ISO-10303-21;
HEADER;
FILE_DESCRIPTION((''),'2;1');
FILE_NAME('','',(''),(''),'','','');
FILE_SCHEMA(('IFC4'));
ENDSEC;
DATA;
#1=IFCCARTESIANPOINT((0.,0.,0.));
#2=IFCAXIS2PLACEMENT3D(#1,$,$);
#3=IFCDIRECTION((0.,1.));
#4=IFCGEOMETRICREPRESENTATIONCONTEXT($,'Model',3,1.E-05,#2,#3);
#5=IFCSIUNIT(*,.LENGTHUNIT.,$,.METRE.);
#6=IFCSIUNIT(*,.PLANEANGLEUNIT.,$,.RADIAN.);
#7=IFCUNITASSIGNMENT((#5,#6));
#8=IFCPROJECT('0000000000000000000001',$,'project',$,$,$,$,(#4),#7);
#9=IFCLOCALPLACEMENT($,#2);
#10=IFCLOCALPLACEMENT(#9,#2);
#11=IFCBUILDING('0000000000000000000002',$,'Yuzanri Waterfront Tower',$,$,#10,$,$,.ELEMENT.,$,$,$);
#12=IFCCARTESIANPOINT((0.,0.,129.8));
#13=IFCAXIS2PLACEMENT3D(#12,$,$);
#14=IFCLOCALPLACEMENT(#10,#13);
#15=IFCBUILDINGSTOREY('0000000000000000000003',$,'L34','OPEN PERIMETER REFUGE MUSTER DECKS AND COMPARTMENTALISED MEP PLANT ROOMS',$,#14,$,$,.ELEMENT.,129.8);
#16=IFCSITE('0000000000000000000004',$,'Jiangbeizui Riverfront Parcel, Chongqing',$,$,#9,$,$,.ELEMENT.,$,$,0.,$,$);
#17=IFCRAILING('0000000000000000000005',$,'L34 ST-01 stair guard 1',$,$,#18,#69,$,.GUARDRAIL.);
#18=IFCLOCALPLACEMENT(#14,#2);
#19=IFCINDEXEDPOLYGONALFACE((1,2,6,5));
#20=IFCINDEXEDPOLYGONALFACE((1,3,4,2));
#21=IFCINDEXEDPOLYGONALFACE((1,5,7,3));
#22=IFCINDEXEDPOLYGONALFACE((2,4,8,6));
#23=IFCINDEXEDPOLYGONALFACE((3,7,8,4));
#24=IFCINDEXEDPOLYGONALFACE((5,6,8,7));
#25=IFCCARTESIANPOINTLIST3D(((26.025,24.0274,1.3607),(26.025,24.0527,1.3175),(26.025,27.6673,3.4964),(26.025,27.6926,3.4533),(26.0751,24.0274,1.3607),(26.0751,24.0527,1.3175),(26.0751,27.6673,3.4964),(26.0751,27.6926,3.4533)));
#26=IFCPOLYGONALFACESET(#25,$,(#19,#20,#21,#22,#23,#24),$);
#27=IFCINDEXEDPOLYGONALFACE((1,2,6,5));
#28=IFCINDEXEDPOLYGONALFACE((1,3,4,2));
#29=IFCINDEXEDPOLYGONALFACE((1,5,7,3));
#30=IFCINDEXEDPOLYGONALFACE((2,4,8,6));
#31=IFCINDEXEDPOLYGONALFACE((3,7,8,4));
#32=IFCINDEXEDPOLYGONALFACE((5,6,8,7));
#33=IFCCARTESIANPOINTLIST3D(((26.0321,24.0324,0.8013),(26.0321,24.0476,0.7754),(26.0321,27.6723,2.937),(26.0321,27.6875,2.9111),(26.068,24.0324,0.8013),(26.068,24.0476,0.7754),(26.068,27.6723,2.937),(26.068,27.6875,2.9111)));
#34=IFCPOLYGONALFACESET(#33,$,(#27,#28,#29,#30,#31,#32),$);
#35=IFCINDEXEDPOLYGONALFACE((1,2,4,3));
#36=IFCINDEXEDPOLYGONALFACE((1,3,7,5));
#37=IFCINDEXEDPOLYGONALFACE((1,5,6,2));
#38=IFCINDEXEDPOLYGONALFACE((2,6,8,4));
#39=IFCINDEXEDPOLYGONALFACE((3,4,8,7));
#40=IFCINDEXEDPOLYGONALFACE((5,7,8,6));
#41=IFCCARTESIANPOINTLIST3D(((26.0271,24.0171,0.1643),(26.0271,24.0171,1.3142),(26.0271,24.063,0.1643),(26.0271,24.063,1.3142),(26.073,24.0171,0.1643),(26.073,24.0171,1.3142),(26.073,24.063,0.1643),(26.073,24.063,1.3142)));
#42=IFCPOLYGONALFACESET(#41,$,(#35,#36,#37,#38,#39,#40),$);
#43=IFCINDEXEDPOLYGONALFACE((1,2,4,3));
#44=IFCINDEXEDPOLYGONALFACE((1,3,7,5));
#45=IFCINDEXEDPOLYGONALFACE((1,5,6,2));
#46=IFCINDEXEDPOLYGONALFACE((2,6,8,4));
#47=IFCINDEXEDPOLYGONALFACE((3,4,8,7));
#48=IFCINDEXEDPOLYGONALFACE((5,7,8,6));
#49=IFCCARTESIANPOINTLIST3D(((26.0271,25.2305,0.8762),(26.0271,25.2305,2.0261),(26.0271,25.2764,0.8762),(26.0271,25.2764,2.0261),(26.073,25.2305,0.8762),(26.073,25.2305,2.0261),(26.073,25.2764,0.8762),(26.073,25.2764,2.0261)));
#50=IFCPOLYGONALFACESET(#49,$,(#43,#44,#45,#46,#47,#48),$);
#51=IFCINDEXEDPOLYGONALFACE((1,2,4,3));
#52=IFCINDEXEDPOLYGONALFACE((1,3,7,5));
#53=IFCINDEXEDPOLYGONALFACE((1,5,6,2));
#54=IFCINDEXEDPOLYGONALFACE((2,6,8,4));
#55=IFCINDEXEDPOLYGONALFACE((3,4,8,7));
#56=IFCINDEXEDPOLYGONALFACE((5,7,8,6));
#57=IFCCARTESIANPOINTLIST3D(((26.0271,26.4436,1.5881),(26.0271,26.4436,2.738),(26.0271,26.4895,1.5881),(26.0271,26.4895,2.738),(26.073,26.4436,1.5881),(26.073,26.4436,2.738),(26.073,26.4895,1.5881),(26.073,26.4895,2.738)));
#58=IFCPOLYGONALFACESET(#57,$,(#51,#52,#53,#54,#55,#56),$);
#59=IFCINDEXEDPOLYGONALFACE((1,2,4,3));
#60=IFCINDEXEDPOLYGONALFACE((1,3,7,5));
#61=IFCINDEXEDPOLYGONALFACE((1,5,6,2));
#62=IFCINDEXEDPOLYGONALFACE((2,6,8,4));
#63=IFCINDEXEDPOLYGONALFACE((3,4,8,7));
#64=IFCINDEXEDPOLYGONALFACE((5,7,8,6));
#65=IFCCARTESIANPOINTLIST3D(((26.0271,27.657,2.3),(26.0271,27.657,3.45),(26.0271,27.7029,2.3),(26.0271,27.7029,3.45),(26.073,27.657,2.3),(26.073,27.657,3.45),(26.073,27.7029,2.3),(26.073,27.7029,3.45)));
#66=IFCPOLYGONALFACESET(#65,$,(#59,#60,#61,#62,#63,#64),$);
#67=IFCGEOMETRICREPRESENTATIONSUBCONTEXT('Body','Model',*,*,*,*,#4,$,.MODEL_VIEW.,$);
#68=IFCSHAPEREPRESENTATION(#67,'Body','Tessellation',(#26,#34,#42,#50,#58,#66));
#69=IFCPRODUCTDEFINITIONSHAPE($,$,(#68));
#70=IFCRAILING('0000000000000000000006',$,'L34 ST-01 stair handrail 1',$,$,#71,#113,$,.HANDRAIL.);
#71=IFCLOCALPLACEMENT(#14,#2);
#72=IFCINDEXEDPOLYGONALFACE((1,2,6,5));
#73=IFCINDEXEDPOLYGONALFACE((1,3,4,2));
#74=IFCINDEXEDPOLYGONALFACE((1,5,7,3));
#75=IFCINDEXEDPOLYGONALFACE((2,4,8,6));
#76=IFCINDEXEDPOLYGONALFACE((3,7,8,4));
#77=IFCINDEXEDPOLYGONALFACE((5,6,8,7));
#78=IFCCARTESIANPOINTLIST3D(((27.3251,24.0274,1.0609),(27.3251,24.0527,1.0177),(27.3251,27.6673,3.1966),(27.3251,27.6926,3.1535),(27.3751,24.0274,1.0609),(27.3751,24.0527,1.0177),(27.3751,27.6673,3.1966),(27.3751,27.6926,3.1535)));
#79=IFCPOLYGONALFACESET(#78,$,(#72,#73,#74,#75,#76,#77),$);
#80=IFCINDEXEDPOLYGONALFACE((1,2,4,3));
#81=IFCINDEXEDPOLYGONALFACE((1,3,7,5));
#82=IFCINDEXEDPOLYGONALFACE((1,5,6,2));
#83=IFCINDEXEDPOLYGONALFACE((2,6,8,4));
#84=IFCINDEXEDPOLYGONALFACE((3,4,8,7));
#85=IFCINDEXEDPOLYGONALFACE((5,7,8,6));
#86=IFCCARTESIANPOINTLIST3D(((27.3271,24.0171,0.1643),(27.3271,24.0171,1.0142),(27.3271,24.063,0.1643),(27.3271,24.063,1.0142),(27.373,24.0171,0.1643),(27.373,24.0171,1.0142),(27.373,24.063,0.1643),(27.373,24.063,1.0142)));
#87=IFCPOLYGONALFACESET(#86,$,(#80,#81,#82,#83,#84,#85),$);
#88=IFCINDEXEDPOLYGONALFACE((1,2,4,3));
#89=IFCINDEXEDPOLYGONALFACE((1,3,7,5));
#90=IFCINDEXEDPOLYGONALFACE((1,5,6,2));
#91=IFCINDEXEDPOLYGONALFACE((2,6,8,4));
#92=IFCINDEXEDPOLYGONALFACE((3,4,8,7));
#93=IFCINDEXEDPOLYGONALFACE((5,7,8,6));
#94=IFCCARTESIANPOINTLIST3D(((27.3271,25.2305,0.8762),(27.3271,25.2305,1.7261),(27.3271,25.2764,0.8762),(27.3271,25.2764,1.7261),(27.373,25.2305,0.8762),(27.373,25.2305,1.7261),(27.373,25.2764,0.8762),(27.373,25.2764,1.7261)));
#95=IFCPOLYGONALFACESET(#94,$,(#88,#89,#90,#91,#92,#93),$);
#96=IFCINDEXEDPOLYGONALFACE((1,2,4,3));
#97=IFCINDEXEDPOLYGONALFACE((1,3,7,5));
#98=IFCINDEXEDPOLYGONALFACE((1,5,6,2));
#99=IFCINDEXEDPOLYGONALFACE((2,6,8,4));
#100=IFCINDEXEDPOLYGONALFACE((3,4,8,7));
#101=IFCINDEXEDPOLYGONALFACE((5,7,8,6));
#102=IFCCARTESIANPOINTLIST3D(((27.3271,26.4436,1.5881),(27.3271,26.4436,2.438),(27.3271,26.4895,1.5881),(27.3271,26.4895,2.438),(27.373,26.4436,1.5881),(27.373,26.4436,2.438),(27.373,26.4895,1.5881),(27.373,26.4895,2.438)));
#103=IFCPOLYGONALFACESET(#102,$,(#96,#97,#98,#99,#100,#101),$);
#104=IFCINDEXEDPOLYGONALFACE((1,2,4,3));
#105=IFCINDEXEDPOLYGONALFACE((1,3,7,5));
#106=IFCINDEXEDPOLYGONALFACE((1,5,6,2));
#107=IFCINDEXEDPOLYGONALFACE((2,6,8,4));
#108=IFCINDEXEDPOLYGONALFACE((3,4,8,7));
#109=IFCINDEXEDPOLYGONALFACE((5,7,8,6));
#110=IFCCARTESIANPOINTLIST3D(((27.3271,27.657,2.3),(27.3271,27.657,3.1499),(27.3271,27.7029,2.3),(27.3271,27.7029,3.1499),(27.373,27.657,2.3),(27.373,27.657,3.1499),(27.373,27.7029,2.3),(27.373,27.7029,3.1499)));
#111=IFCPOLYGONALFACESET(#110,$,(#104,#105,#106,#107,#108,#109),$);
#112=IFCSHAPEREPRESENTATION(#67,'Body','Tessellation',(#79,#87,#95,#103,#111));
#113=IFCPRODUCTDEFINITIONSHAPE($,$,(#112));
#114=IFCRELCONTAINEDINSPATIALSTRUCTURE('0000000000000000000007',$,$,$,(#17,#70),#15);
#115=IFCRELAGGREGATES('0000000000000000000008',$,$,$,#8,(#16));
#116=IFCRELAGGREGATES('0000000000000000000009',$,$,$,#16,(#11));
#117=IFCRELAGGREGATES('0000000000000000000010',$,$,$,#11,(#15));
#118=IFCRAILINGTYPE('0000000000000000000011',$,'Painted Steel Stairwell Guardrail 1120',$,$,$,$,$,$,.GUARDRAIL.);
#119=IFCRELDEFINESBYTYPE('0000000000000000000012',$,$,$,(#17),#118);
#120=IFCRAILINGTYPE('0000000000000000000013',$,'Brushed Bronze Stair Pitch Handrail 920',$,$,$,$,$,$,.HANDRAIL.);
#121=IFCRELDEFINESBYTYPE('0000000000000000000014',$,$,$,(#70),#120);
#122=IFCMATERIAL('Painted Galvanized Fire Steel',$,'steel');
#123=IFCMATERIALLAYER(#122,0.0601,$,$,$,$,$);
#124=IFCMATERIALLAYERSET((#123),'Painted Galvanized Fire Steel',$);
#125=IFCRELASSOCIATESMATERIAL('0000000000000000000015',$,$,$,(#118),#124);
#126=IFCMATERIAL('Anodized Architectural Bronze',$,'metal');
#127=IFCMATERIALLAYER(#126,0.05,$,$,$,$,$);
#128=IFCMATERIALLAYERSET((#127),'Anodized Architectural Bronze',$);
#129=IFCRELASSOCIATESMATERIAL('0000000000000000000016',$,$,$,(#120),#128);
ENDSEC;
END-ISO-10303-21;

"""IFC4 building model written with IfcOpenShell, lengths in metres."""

from ifc_helpers import new_model, si_unit, direction, frame, origin, origin_2d, place, context, subcontext, project, spatial, rectangle, extrude, source, transform, mapped, material, layer, layer_set, type_object, element, save


model = new_model("IFC4")

# Units and contexts
model_context = context("Model", 3, precision=1e-05, world=origin(), true_north=direction((0.0, 1.0)))
body_context = subcontext(model_context, "Body", "Model", "MODEL_VIEW")
ifc_project = project(units=[si_unit("LENGTHUNIT", "METRE"), si_unit("PLANEANGLEUNIT", "RADIAN")], contexts=[model_context])

# Site, building, storey
site_placement = place(None, origin())
site = spatial("IfcSite", under=ifc_project, at=site_placement, Name="Jiangbeizui Riverfront Parcel, Chongqing", CompositionType="ELEMENT", RefElevation=0.0)
building_placement = place(site_placement, origin())
building = spatial("IfcBuilding", under=site, at=building_placement, Name="Yuzanri Waterfront Tower", CompositionType="ELEMENT")
storey_placement = place(building_placement, frame((0.0, 0.0, 129.8)))
storey = spatial("IfcBuildingStorey", under=building, at=storey_placement, Name="L34", Description="OPEN PERIMETER REFUGE MUSTER DECKS AND COMPARTMENTALISED MEP PLANT ROOMS", CompositionType="ELEMENT", Elevation=129.8)

# Railings
ifc_material_1 = material(Name="Painted Galvanized Fire Steel", Category="steel")
ifc_layer_1 = layer(ifc_material_1, 0.0601)
ifc_layer_set_1 = layer_set([ifc_layer_1], Name="Painted Galvanized Fire Steel")
railing_type_1 = type_object("IfcRailingType", Name="Painted Steel Stairwell Guardrail 1120", PredefinedType="GUARDRAIL", material=ifc_layer_set_1)
shared_shape_1 = source(origin(), body_context, "Body", "SweptSolid", [
    extrude(rectangle(XDim=0.05, YDim=0.05, at=origin_2d()), frame((0.0, 0.0, 1.1748), z_axis=(0.0, 0.86249, 0.506074), x_axis=(-1.0, 0.0, 0.0)), (0.0, 0.0, 1.0), 4.2202),
    extrude(rectangle(XDim=0.0359, YDim=0.03, at=origin_2d()), frame((0.0, 0.0, 0.624), z_axis=(0.0, 0.86249, 0.506074), x_axis=(-1.0, 0.0, 0.0)), (0.0, 0.0, 1.0), 4.2202),
    extrude(rectangle(XDim=0.0459, YDim=0.0459, at=origin_2d()), origin(), (0.0, 0.0, 1.0), 1.1499),
    extrude(rectangle(XDim=0.0459, YDim=0.0459, at=origin_2d()), frame((0.0, 1.2134, 0.7119)), (0.0, 0.0, 1.0), 1.1499),
    extrude(rectangle(XDim=0.0459, YDim=0.0459, at=origin_2d()), frame((0.0, 2.4265, 1.4238)), (0.0, 0.0, 1.0), 1.1499),
    extrude(rectangle(XDim=0.0459, YDim=0.0459, at=origin_2d()), frame((0.0, 3.6399, 2.1357)), (0.0, 0.0, 1.0), 1.1499),
])
railing_1_placement = place(storey_placement, frame((26.05, 24.04, 0.1643)))
element("IfcRailing", 1, at=railing_1_placement, inside=storey, type_object=railing_type_1, Name="L34 ST-01 stair guard 1", PredefinedType="GUARDRAIL", context=body_context, shape_type="MappedRepresentation", body=[
    mapped(shared_shape_1, transform((0.0, 0.0, 0.0), scale=1.0)),
])
ifc_material_2 = material(Name="Anodized Architectural Bronze", Category="metal")
ifc_layer_2 = layer(ifc_material_2, 0.05)
ifc_layer_set_2 = layer_set([ifc_layer_2], Name="Anodized Architectural Bronze")
railing_type_2 = type_object("IfcRailingType", Name="Brushed Bronze Stair Pitch Handrail 920", PredefinedType="HANDRAIL", material=ifc_layer_set_2)
shared_shape_2 = source(origin(), body_context, "Body", "SweptSolid", [
    extrude(rectangle(XDim=0.05, YDim=0.05, at=origin_2d()), frame((0.0, 0.0, 0.875), z_axis=(0.0, 0.86249, 0.506074), x_axis=(-1.0, 0.0, 0.0)), (0.0, 0.0, 1.0), 4.2202),
    extrude(rectangle(XDim=0.0459, YDim=0.0459, at=origin_2d()), origin(), (0.0, 0.0, 1.0), 0.8499),
    extrude(rectangle(XDim=0.0459, YDim=0.0459, at=origin_2d()), frame((0.0, 1.2134, 0.7119)), (0.0, 0.0, 1.0), 0.8499),
    extrude(rectangle(XDim=0.0459, YDim=0.0459, at=origin_2d()), frame((0.0, 2.4265, 1.4238)), (0.0, 0.0, 1.0), 0.8499),
    extrude(rectangle(XDim=0.0459, YDim=0.0459, at=origin_2d()), frame((0.0, 3.6399, 2.1357)), (0.0, 0.0, 1.0), 0.8499),
])
railing_2_placement = place(storey_placement, frame((27.3501, 24.04, 0.1643)))
element("IfcRailing", 2, at=railing_2_placement, inside=storey, type_object=railing_type_2, Name="L34 ST-01 stair handrail 1", PredefinedType="HANDRAIL", context=body_context, shape_type="MappedRepresentation", body=[
    mapped(shared_shape_2, transform((0.0, 0.0, 0.0), scale=1.0)),
])

save(model, "model.ifc")
